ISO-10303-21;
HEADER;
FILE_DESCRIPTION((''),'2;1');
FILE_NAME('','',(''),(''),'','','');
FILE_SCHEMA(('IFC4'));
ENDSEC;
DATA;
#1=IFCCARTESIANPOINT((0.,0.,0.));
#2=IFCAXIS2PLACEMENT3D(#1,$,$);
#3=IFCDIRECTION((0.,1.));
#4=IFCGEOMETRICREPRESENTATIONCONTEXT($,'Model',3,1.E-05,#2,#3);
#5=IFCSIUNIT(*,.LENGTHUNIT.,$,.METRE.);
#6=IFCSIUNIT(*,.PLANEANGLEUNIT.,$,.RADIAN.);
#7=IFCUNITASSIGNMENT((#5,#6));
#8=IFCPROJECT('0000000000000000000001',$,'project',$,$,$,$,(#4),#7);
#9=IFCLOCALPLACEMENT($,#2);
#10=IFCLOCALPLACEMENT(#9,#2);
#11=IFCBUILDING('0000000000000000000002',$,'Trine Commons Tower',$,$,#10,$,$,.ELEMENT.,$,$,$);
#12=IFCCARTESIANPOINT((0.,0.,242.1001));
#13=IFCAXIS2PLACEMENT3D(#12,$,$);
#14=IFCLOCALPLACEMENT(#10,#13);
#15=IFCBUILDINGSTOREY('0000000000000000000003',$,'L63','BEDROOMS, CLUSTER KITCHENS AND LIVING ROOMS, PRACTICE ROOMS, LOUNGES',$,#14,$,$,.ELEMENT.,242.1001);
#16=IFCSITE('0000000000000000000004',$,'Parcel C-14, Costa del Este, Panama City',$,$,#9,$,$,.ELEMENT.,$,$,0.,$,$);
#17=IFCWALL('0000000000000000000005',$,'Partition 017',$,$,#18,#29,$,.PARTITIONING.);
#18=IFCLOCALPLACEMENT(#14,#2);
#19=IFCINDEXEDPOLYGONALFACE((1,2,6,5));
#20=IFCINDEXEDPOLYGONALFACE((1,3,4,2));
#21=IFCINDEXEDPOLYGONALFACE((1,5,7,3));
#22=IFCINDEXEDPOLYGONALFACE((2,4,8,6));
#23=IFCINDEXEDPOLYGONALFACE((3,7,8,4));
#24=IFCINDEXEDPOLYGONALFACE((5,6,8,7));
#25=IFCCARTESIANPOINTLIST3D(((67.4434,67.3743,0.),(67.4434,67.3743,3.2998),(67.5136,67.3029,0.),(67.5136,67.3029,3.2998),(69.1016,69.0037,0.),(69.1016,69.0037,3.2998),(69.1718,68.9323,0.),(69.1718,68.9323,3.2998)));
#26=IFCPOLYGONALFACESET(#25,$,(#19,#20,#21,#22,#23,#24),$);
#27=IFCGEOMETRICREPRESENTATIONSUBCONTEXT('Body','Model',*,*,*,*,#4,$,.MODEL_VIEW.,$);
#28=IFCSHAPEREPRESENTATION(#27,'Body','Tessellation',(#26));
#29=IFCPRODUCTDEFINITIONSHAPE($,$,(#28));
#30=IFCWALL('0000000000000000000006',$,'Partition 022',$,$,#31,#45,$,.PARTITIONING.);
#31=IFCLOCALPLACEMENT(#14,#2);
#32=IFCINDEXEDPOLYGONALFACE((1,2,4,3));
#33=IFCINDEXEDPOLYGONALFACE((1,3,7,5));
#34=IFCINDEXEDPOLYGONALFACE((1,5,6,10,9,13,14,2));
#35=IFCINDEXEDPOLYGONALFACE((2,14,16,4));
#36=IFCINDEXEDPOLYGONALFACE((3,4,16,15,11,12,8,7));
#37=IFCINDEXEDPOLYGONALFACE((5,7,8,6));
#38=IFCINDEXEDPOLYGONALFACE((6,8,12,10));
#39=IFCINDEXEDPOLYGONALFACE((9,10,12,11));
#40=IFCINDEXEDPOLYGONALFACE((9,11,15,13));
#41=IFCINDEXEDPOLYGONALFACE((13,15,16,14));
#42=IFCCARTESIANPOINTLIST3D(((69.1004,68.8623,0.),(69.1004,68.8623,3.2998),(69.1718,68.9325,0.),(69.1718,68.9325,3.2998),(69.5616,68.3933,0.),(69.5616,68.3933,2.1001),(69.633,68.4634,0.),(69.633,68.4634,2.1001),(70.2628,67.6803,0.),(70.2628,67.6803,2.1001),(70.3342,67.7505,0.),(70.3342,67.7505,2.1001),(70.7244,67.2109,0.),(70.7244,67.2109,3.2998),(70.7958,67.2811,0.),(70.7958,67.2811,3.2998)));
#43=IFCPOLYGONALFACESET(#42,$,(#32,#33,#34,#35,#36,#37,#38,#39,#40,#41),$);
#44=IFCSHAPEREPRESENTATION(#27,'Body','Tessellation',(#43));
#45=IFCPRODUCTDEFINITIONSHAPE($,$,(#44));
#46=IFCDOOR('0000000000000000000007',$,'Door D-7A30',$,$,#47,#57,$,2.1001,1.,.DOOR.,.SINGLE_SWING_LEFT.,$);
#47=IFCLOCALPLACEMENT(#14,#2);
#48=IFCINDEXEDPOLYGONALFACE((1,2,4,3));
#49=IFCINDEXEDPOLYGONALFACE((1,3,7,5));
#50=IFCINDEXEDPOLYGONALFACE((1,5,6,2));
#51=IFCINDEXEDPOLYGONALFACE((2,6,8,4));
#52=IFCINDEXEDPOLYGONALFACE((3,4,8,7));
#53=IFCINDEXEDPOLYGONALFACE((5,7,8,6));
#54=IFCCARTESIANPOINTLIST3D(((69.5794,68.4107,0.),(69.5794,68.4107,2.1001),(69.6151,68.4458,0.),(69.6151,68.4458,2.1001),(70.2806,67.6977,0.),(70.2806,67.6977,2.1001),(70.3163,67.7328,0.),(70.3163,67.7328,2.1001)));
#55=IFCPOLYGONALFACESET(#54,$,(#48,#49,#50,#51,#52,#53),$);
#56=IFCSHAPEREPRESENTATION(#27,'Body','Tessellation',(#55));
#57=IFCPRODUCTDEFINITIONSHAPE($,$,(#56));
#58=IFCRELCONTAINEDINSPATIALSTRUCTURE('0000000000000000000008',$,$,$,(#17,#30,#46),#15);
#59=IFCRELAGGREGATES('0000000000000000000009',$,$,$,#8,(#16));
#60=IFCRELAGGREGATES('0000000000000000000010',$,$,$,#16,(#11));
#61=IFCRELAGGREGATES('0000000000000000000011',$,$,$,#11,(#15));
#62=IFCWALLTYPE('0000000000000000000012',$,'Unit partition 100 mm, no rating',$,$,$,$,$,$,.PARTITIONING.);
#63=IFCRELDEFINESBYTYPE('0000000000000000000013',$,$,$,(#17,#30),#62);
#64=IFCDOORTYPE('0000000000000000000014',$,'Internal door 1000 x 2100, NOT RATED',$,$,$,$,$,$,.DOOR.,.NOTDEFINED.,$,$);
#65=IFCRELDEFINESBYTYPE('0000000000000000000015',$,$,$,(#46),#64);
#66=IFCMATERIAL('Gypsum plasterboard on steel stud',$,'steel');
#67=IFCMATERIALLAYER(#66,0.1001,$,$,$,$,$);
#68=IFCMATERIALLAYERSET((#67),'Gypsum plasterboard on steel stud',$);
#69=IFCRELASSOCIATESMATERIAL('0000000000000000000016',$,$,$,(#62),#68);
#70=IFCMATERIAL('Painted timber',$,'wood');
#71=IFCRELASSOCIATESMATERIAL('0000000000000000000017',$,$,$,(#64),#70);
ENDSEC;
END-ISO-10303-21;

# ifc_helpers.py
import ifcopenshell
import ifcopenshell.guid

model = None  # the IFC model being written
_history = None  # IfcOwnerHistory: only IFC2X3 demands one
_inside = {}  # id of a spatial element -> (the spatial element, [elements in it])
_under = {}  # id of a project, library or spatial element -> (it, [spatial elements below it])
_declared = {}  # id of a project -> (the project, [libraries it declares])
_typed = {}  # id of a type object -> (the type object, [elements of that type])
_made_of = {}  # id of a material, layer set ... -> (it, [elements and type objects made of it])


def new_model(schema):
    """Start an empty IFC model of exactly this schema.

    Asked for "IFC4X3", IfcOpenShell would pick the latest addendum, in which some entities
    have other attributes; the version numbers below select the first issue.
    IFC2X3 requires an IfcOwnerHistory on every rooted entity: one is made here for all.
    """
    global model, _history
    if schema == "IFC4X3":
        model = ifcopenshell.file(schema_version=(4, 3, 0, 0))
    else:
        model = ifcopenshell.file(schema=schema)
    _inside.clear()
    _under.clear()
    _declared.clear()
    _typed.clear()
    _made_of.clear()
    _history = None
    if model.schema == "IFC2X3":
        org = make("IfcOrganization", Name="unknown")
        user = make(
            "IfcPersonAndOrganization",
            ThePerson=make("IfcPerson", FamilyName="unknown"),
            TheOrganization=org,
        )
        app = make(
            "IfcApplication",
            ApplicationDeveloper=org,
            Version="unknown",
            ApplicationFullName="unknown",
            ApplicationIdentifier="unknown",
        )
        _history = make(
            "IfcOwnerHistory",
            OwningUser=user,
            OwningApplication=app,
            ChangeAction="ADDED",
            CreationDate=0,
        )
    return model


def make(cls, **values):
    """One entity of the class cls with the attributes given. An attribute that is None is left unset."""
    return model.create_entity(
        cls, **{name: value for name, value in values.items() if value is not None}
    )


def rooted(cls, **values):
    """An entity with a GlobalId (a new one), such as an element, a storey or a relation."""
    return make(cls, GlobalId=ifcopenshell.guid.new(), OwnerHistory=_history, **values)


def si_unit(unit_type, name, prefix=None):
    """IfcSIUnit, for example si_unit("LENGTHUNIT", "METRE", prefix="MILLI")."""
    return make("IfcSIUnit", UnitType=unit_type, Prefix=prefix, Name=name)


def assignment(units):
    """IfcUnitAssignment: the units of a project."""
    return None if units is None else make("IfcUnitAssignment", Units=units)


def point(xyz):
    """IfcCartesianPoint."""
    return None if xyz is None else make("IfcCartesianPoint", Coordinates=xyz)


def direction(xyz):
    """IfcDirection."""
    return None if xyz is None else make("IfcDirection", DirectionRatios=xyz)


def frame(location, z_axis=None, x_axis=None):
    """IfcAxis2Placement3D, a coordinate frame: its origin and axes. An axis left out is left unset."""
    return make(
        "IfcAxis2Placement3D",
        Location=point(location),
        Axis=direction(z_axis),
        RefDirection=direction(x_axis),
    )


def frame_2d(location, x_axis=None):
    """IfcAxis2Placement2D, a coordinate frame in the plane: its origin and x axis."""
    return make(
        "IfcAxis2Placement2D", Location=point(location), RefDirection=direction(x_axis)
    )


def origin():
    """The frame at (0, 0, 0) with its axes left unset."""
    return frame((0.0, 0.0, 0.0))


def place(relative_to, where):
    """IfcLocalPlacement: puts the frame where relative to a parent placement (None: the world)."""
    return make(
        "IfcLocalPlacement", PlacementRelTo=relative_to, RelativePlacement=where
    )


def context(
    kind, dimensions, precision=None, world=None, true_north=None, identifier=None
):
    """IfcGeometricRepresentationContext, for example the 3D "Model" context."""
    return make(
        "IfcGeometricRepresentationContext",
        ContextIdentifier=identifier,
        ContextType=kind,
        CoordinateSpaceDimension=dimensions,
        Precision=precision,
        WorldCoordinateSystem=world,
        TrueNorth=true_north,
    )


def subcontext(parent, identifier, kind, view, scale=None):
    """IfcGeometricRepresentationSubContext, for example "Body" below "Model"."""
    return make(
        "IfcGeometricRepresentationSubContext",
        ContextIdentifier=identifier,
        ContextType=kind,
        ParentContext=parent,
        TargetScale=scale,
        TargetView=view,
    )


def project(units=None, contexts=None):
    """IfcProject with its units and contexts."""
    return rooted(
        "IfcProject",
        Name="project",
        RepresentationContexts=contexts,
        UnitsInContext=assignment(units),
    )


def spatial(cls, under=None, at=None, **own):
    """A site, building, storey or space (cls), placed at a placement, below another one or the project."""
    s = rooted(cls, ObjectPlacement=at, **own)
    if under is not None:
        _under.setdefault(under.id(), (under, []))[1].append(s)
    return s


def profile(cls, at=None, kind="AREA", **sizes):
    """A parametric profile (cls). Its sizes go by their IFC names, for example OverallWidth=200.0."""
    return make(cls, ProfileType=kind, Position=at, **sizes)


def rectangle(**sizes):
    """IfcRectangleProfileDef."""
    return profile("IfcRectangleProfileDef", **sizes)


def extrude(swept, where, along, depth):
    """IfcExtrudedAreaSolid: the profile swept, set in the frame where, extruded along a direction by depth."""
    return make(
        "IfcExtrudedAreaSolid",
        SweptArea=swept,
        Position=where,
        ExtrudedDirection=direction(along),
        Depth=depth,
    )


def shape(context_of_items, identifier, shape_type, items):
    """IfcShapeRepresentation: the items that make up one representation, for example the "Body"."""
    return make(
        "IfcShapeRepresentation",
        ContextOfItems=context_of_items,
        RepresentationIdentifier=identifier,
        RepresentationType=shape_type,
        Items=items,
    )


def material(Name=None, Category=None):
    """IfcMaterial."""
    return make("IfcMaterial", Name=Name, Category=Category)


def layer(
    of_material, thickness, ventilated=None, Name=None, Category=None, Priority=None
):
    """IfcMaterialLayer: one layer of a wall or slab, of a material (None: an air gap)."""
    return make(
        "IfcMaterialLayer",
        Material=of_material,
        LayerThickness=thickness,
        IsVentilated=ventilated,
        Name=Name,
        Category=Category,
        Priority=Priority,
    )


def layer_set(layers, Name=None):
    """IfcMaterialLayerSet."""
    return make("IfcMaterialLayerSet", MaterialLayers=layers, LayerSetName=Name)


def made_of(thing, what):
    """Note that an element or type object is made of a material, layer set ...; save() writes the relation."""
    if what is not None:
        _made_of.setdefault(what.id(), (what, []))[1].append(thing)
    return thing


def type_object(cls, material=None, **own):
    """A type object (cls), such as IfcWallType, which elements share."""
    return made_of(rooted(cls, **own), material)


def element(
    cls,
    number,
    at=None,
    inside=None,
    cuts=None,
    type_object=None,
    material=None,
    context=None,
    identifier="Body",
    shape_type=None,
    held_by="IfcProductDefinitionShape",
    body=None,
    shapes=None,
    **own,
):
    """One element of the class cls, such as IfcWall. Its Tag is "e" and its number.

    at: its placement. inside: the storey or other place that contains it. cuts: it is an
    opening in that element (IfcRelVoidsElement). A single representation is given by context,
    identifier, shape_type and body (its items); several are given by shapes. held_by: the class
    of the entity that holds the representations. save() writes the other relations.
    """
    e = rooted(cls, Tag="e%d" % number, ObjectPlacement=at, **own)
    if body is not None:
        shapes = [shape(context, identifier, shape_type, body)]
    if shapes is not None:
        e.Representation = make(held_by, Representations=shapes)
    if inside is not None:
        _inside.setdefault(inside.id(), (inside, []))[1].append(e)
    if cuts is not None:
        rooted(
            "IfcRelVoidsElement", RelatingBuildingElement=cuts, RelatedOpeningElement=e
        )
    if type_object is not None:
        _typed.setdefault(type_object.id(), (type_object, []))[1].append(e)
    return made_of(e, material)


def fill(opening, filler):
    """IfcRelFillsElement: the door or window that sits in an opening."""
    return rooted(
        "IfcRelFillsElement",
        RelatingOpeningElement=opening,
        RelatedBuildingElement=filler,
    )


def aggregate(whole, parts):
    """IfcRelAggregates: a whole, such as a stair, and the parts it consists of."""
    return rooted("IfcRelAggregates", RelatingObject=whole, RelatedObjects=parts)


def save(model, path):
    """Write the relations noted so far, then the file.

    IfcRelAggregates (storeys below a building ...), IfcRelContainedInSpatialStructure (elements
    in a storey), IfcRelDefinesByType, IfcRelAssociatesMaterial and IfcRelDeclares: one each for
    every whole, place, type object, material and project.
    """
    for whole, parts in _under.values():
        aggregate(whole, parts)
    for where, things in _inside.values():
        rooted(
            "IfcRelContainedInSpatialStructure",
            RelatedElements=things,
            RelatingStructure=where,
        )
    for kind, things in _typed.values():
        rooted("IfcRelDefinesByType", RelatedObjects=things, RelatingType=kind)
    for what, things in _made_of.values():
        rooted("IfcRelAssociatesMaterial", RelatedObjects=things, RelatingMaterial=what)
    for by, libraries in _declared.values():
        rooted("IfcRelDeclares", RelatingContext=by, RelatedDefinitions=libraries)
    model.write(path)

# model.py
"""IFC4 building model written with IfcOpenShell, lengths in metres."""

from ifc_helpers import new_model, si_unit, direction, frame, frame_2d, origin, place, context, subcontext, project, spatial, rectangle, extrude, material, layer, layer_set, type_object, element, fill, save


model = new_model("IFC4")

# Units and contexts
model_context = context("Model", 3, precision=1e-05, world=origin(), true_north=direction((0.0, 1.0)))
body_context = subcontext(model_context, "Body", "Model", "MODEL_VIEW")
ifc_project = project(units=[si_unit("LENGTHUNIT", "METRE"), si_unit("PLANEANGLEUNIT", "RADIAN")], contexts=[model_context])

# Site, building, storey
site_placement = place(None, origin())
site = spatial("IfcSite", under=ifc_project, at=site_placement, Name="Parcel C-14, Costa del Este, Panama City", CompositionType="ELEMENT", RefElevation=0.0)
building_placement = place(site_placement, origin())
building = spatial("IfcBuilding", under=site, at=building_placement, Name="Trine Commons Tower", CompositionType="ELEMENT")
storey_placement = place(building_placement, frame((0.0, 0.0, 242.1001)))
storey = spatial("IfcBuildingStorey", under=building, at=storey_placement, Name="L63", Description="BEDROOMS, CLUSTER KITCHENS AND LIVING ROOMS, PRACTICE ROOMS, LOUNGES", CompositionType="ELEMENT", Elevation=242.1001)

# Shared definitions
ifc_material_1 = material(Name="Gypsum plasterboard on steel stud", Category="steel")

# Shared definitions
ifc_material_2 = material(Name="Painted timber", Category="wood")

# Wall
ifc_layer_1 = layer(ifc_material_1, 0.1001)
ifc_layer_set_1 = layer_set([ifc_layer_1], Name="Gypsum plasterboard on steel stud")
wall_type_1 = type_object("IfcWallType", Name="Unit partition 100 mm, no rating", PredefinedType="PARTITIONING", material=ifc_layer_set_1)
wall_1_placement = place(storey_placement, frame((67.4785, 67.3386, 0.0), z_axis=(0.0, 0.0, 1.0), x_axis=(0.713276, 0.700884, 0.0)))
element("IfcWall", 1, at=wall_1_placement, inside=storey, type_object=wall_type_1, Name="Partition 017", PredefinedType="PARTITIONING", context=body_context, shape_type="SweptSolid", body=[
    extrude(rectangle(XDim=2.3247, YDim=0.1001, at=frame_2d((1.1624, 0.0))), origin(), (0.0, 0.0, 1.0), 3.2998),
])

# Wall, opening, door
wall_2_placement = place(storey_placement, frame((69.136, 68.8975, 0.0), z_axis=(0.0, 0.0, 1.0), x_axis=(0.701179, -0.712985, 0.0)))
wall_2 = element("IfcWall", 2, at=wall_2_placement, inside=storey, type_object=wall_type_1, Name="Partition 022", PredefinedType="PARTITIONING", context=body_context, shape_type="SweptSolid", body=[
    extrude(rectangle(XDim=2.3162, YDim=0.1001, at=frame_2d((1.1582, 0.0))), origin(), (0.0, 0.0, 1.0), 3.2998),
])
opening_1_placement = place(wall_2_placement, frame((0.658, 0.0, 0.0)))
opening_1 = element("IfcOpeningElement", 3, at=opening_1_placement, cuts=wall_2, PredefinedType="OPENING", context=body_context, shape_type="SweptSolid", body=[
    extrude(rectangle(XDim=1.0, YDim=2.1001, at=frame_2d((0.5, 1.05))), frame((0.0, 0.0601, 0.0), z_axis=(0.0, -1.0, 0.0), x_axis=(1.0, 0.0, 0.0)), (0.0, 0.0, 1.0), 0.1201),
])
door_type_1 = type_object("IfcDoorType", Name="Internal door 1000 x 2100, NOT RATED", OperationType="NOTDEFINED", PredefinedType="DOOR", material=ifc_material_2)
door_1_placement = place(opening_1_placement, origin())
door_1 = element("IfcDoor", 4, at=door_1_placement, inside=storey, type_object=door_type_1, Name="Door D-7A30", OperationType="SINGLE_SWING_LEFT", OverallHeight=2.1001, OverallWidth=1.0, PredefinedType="DOOR", context=body_context, shape_type="SweptSolid", body=[
    extrude(rectangle(XDim=1.0, YDim=2.1001, at=frame_2d((0.5, 1.05))), frame((0.0, 0.0249, 0.0), z_axis=(0.0, -1.0, 0.0), x_axis=(1.0, 0.0, 0.0)), (0.0, 0.0, 1.0), 0.05),
])
fill(opening_1, door_1)

save(model, "model.ifc")
